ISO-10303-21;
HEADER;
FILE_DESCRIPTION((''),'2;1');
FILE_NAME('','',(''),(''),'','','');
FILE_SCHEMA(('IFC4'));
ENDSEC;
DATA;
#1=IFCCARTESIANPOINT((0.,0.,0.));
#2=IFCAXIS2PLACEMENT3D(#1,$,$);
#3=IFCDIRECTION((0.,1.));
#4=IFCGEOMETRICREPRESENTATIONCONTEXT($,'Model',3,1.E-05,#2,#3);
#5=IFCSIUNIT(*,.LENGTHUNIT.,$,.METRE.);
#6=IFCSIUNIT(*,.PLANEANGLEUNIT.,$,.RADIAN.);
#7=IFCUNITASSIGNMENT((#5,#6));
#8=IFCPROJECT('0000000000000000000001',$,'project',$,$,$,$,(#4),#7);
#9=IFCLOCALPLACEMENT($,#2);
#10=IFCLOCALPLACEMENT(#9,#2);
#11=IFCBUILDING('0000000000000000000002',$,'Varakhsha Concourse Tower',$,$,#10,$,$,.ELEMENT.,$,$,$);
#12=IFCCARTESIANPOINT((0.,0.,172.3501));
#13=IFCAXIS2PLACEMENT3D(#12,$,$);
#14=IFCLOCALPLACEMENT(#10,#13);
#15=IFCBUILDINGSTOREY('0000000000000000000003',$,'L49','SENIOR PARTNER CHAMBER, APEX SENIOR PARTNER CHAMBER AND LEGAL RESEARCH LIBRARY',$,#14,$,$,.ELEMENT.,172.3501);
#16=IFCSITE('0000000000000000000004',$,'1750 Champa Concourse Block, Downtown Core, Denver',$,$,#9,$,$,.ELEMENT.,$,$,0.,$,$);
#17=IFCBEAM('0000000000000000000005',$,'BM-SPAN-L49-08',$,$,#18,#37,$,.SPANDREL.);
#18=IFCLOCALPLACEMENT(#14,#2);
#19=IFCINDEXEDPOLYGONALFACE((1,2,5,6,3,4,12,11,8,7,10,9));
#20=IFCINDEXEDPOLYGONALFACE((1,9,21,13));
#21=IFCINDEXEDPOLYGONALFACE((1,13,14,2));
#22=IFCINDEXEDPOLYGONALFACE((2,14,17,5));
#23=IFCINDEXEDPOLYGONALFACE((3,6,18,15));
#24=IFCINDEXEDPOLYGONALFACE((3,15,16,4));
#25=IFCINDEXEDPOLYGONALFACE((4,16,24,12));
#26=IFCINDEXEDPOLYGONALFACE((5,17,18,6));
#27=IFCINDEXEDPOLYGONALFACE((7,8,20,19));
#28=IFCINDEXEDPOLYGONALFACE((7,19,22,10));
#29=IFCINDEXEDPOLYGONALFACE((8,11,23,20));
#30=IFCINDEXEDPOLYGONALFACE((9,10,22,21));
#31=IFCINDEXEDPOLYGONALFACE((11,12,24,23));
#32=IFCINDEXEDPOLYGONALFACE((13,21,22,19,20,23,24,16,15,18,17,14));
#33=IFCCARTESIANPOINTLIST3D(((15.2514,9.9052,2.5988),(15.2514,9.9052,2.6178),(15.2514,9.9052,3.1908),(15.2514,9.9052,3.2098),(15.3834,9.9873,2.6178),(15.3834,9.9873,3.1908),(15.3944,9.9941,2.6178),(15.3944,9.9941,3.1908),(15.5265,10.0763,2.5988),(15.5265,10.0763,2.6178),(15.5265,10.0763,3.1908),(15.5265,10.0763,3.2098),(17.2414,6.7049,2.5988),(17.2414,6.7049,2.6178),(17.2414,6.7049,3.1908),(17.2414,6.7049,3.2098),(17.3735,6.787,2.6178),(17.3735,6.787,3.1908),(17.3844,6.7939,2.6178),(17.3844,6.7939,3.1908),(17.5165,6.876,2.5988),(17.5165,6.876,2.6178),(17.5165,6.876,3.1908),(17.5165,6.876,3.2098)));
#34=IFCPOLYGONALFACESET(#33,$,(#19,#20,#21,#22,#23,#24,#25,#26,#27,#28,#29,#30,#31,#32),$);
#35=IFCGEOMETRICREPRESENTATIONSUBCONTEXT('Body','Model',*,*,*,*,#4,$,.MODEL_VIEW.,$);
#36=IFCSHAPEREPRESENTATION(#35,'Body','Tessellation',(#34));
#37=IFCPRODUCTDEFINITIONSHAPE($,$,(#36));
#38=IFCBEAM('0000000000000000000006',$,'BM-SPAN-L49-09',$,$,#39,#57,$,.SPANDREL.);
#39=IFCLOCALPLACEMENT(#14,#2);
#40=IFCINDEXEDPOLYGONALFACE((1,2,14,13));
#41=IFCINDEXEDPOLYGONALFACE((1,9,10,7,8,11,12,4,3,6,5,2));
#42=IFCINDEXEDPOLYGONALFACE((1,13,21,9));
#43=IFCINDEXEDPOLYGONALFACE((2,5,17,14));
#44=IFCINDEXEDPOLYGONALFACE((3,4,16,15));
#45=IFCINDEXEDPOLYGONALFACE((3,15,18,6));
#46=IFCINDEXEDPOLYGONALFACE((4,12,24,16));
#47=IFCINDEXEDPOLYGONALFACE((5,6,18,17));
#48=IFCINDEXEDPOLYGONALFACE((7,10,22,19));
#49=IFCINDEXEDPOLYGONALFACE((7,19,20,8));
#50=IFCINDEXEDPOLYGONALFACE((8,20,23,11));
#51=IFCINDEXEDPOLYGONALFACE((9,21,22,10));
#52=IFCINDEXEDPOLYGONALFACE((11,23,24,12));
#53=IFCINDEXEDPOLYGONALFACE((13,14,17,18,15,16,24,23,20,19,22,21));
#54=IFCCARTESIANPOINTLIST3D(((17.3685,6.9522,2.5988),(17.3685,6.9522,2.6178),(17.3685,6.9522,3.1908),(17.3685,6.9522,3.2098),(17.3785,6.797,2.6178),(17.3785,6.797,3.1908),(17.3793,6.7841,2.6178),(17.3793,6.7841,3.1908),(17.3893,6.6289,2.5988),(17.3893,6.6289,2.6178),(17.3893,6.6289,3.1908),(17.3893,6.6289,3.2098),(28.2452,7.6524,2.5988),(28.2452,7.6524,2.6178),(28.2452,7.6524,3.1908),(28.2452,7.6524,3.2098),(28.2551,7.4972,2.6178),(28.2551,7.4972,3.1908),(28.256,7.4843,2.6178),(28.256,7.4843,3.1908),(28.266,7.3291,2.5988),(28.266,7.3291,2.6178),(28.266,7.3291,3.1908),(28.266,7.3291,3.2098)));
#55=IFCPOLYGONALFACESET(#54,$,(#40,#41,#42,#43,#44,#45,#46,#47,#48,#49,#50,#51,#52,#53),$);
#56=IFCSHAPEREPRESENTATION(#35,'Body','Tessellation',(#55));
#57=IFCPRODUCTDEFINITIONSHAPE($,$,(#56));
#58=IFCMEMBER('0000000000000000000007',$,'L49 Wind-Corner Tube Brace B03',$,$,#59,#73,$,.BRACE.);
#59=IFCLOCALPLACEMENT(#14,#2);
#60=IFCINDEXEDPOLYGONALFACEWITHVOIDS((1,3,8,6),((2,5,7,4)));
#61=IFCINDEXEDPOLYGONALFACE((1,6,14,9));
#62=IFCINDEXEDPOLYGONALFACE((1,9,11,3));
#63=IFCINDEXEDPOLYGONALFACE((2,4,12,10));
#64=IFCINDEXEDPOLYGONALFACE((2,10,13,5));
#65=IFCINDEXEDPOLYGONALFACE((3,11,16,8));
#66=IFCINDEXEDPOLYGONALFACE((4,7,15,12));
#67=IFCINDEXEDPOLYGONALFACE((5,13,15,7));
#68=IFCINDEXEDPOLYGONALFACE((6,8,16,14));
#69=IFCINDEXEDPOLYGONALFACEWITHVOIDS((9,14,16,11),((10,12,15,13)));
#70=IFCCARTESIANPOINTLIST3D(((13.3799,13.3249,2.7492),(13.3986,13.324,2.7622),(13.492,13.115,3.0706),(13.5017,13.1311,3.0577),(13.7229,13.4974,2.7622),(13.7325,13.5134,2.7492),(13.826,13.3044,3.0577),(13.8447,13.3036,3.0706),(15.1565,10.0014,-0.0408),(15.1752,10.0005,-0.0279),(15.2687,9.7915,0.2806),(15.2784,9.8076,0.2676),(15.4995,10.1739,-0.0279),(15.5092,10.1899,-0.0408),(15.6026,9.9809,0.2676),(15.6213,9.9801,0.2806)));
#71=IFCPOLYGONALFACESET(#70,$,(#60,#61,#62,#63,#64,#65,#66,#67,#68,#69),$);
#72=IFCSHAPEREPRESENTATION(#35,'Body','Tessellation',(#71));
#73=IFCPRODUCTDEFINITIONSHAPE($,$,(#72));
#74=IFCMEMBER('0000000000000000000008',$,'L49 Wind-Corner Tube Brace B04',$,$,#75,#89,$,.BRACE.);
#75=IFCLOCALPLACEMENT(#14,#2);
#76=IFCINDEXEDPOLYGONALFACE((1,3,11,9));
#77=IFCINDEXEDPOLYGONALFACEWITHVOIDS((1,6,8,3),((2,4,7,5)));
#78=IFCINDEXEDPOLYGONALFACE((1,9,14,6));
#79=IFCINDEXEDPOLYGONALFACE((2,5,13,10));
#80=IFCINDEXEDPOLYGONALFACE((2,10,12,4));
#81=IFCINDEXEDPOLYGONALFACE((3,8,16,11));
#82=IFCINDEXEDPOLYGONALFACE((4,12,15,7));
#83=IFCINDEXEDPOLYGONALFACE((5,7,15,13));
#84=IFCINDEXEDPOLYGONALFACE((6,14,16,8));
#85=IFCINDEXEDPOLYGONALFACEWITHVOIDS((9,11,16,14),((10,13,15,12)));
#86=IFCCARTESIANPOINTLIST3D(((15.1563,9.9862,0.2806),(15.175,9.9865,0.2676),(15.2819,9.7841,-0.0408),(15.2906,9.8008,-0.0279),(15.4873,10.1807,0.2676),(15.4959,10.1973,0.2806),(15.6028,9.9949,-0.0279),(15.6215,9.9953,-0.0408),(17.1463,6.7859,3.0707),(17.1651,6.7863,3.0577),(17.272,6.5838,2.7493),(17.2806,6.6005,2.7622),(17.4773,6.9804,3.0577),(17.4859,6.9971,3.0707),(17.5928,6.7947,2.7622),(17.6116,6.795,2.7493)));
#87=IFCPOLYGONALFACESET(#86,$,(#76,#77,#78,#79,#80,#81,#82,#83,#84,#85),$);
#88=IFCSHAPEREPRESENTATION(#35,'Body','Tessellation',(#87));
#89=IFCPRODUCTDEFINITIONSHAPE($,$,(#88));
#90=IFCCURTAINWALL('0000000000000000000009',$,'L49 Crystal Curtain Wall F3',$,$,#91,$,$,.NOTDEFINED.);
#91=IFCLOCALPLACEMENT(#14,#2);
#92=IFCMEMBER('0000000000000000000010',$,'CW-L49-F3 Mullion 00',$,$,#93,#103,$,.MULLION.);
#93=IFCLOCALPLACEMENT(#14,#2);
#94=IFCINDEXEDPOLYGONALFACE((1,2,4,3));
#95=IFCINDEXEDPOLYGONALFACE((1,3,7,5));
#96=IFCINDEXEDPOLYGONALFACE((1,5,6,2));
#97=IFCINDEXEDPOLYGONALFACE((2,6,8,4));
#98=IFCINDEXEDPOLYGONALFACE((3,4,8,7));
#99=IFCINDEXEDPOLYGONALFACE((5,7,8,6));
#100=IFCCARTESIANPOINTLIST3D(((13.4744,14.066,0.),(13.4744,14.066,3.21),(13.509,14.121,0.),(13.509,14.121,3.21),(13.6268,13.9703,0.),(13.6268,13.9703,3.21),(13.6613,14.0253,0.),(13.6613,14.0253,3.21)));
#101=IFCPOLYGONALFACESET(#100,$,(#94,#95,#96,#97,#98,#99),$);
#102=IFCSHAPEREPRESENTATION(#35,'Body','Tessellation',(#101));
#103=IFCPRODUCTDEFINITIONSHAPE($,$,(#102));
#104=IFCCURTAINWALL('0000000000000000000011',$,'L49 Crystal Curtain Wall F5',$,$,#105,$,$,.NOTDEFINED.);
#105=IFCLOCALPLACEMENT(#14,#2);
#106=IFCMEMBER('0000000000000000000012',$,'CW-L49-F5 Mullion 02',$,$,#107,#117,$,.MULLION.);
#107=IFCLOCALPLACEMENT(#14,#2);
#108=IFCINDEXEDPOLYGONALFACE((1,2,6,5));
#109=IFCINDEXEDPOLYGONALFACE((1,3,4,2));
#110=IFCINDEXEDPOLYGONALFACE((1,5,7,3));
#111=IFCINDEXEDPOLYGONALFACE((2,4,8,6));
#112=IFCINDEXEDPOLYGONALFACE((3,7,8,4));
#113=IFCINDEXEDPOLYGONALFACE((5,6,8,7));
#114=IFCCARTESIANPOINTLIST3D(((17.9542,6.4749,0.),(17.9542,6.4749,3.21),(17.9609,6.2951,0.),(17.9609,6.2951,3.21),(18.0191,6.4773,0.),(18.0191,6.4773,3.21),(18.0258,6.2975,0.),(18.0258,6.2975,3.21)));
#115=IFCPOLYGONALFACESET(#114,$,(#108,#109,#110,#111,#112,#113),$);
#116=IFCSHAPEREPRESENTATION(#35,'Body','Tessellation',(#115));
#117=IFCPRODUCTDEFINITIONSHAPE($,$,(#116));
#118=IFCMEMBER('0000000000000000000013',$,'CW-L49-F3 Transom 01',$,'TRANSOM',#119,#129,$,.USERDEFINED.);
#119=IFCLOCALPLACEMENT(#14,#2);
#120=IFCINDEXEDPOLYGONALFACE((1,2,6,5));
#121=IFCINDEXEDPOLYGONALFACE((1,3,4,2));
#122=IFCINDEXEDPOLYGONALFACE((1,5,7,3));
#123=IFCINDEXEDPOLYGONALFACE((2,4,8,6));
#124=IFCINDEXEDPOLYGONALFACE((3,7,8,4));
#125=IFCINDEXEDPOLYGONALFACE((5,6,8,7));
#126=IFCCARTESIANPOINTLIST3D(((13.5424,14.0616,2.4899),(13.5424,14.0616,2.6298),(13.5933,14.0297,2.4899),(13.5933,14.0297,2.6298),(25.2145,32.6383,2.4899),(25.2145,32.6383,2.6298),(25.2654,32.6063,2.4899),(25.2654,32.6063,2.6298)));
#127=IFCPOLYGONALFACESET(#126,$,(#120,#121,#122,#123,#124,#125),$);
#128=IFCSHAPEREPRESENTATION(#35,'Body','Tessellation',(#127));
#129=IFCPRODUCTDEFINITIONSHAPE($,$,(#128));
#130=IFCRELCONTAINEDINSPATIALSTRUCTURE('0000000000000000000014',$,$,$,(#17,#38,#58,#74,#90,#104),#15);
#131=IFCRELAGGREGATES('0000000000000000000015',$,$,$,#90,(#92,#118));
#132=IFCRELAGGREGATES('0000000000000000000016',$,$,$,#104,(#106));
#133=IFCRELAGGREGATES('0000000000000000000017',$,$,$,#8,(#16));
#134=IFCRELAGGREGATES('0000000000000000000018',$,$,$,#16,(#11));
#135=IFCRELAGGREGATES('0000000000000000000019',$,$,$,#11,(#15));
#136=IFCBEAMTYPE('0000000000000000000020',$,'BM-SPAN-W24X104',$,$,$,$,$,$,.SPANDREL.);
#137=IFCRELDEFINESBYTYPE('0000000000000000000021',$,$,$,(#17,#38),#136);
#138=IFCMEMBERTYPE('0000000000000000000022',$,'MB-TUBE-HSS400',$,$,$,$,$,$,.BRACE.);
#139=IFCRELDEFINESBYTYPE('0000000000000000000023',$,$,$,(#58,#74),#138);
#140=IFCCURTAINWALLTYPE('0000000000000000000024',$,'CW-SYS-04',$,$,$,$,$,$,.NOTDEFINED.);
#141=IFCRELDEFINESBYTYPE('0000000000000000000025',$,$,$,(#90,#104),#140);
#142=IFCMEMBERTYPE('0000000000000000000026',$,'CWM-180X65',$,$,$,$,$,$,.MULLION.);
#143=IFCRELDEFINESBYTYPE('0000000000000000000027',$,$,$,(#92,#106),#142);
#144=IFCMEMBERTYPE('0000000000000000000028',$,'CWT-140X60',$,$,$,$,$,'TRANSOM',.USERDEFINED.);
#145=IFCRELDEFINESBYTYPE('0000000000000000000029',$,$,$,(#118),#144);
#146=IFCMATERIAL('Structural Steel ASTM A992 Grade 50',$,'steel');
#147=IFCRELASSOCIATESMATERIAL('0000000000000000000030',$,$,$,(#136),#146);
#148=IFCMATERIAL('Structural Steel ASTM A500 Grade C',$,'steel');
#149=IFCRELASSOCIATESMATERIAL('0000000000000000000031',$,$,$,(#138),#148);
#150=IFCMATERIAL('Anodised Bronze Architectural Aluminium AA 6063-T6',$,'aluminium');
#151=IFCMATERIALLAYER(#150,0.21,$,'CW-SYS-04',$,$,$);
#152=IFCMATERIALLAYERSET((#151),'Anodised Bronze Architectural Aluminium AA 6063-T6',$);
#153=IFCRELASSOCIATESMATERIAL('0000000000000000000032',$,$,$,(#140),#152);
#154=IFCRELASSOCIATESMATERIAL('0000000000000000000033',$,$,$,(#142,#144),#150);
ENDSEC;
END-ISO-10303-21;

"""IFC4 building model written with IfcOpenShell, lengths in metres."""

from ifc_helpers import new_model, si_unit, direction, frame, origin, origin_2d, place, context, subcontext, project, spatial, rectangle, hollow_rectangle, i_section, extrude, source, transform, mapped, material, layer, layer_set, material_profile, profile_set, type_object, type_shapes, element, aggregate, save


model = new_model("IFC4")

# Units and contexts
model_context = context("Model", 3, precision=1e-05, world=origin(), true_north=direction((0.0, 1.0)))
body_context = subcontext(model_context, "Body", "Model", "MODEL_VIEW")
ifc_project = project(units=[si_unit("LENGTHUNIT", "METRE"), si_unit("PLANEANGLEUNIT", "RADIAN")], contexts=[model_context])

# Site, building, storey
site_placement = place(None, origin())
site = spatial("IfcSite", under=ifc_project, at=site_placement, Name="1750 Champa Concourse Block, Downtown Core, Denver", CompositionType="ELEMENT", RefElevation=0.0)
building_placement = place(site_placement, origin())
building = spatial("IfcBuilding", under=site, at=building_placement, Name="Varakhsha Concourse Tower", CompositionType="ELEMENT")
storey_placement = place(building_placement, frame((0.0, 0.0, 172.3501)))
storey = spatial("IfcBuildingStorey", under=building, at=storey_placement, Name="L49", Description="SENIOR PARTNER CHAMBER, APEX SENIOR PARTNER CHAMBER AND LEGAL RESEARCH LIBRARY", CompositionType="ELEMENT", Elevation=172.3501)

# Shared definitions
ifc_material_1 = material(Name="Structural Steel ASTM A992 Grade 50", Category="steel")

# Beams
ifc_material_profile_1 = material_profile(ifc_material_1, i_section(OverallWidth=0.324, OverallDepth=0.6111, WebThickness=0.0129, FlangeThickness=0.019, at=origin_2d()), Name="W24X104")
ifc_profile_set_1 = profile_set([ifc_material_profile_1], Name="Structural Steel ASTM A992 Grade 50")
beam_type_1 = type_object("IfcBeamType", Name="BM-SPAN-W24X104", PredefinedType="SPANDREL", material=ifc_profile_set_1)
for number, where, z_axis, x_axis, name in (
    (1, (15.3889, 9.9907, 2.9043), (0.528064, -0.849204, 0.0), (0.849204, 0.528064, 0.0), "BM-SPAN-L49-08"),
):
    element("IfcBeam", number, at=place(storey_placement, frame(where, z_axis=z_axis, x_axis=x_axis)), inside=storey, type_object=beam_type_1, Name=name, PredefinedType="SPANDREL", context=body_context, shape_type="SweptSolid", body=[
        extrude(i_section(OverallWidth=0.324, OverallDepth=0.6111, WebThickness=0.0129, FlangeThickness=0.019, at=origin_2d()), origin(), (0.0, 0.0, 1.0), 3.7686),
    ])
beam_1_placement = place(storey_placement, frame((17.3789, 6.7905, 2.9043), z_axis=(0.997934, 0.064243, 0.0), x_axis=(-0.064243, 0.997934, 0.0)))
element("IfcBeam", 2, at=beam_1_placement, inside=storey, type_object=beam_type_1, Name="BM-SPAN-L49-09", PredefinedType="SPANDREL", context=body_context, shape_type="SweptSolid", body=[
    extrude(i_section(OverallWidth=0.324, OverallDepth=0.6111, WebThickness=0.0129, FlangeThickness=0.019, at=origin_2d()), origin(), (0.0, 0.0, 1.0), 10.8992),
])

# Members
ifc_material_2 = material(Name="Structural Steel ASTM A500 Grade C", Category="steel")
ifc_material_profile_2 = material_profile(ifc_material_2, hollow_rectangle(XDim=0.3999, YDim=0.3999, WallThickness=0.0161, at=origin_2d()), Name="HSS 400x400x16")
ifc_profile_set_2 = profile_set([ifc_material_profile_2], Name="Structural Steel ASTM A500 Grade C")
member_type_1 = type_object("IfcMemberType", Name="MB-TUBE-HSS400", PredefinedType="BRACE", material=ifc_profile_set_2)
shared_shape_1 = source(origin(), body_context, "Body", "SweptSolid", [
    extrude(hollow_rectangle(XDim=0.3999, YDim=0.3999, WallThickness=0.0161, at=origin_2d()), origin(), (0.0, 0.0, 1.0), 4.689),
])
type_shapes(member_type_1, [shared_shape_1])
for number, where, z_axis, x_axis, name in (
    (3, (15.3889, 9.9907, 0.1199), (-0.378893, 0.708792, 0.595025), (-0.881902, -0.471432, 0.0), "L49 Wind-Corner Tube Brace B03"),
    (4, (15.3889, 9.9907, 0.1199), (0.424406, -0.682507, 0.595033), (0.849204, 0.528064, 0.0), "L49 Wind-Corner Tube Brace B04"),
):
    element("IfcMember", number, at=place(storey_placement, frame(where, z_axis=z_axis, x_axis=x_axis)), inside=storey, type_object=member_type_1, Name=name, PredefinedType="BRACE", context=body_context, shape_type="MappedRepresentation", body=[
        mapped(shared_shape_1, transform((0.0, 0.0, 0.0), scale=1.0)),
    ])

# Curtain walls, members
ifc_material_3 = material(Name="Anodised Bronze Architectural Aluminium AA 6063-T6", Category="aluminium")
ifc_layer_1 = layer(ifc_material_3, 0.21, Name="CW-SYS-04")
ifc_layer_set_1 = layer_set([ifc_layer_1], Name="Anodised Bronze Architectural Aluminium AA 6063-T6")
curtain_wall_type = type_object("IfcCurtainWallType", Name="CW-SYS-04", PredefinedType="NOTDEFINED", material=ifc_layer_set_1)
curtain_wall_1_placement = place(storey_placement, origin())
curtain_wall_1 = element("IfcCurtainWall", 5, at=curtain_wall_1_placement, inside=storey, type_object=curtain_wall_type, Name="L49 Crystal Curtain Wall F3", PredefinedType="NOTDEFINED")
ifc_material_profile_3 = material_profile(ifc_material_3, rectangle(XDim=0.0649, YDim=0.1799, at=origin_2d()), Name="CWM-180X65")
ifc_profile_set_3 = profile_set([ifc_material_profile_3], Name="Anodised Bronze Architectural Aluminium AA 6063-T6")
member_type_2 = type_object("IfcMemberType", Name="CWM-180X65", PredefinedType="MULLION", material=ifc_profile_set_3)
shared_shape_2 = source(origin(), body_context, "Body", "SweptSolid", [
    extrude(rectangle(XDim=0.0649, YDim=0.1799, at=origin_2d()), origin(), (0.0, 0.0, 1.0), 3.21),
])
type_shapes(member_type_2, [shared_shape_2])
member_1_placement = place(storey_placement, frame((13.5679, 14.0457, 0.0), z_axis=(0.0, 0.0, 1.0), x_axis=(0.532022, 0.84673, 0.0)))
member_1 = element("IfcMember", 6, at=member_1_placement, type_object=member_type_2, Name="CW-L49-F3 Mullion 00", PredefinedType="MULLION", context=body_context, shape_type="MappedRepresentation", body=[
    mapped(shared_shape_2, transform((0.0, 0.0, 0.0), scale=1.0)),
])
curtain_wall_2_placement = place(storey_placement, origin())
curtain_wall_2 = element("IfcCurtainWall", 7, at=curtain_wall_2_placement, inside=storey, type_object=curtain_wall_type, Name="L49 Crystal Curtain Wall F5", PredefinedType="NOTDEFINED")
member_2_placement = place(storey_placement, frame((17.99, 6.3862, 0.0), z_axis=(0.0, 0.0, 1.0), x_axis=(-0.999301, -0.037376, 0.0)))
member_2 = element("IfcMember", 8, at=member_2_placement, type_object=member_type_2, Name="CW-L49-F5 Mullion 02", PredefinedType="MULLION", context=body_context, shape_type="MappedRepresentation", body=[
    mapped(shared_shape_2, transform((0.0, 0.0, 0.0), scale=1.0)),
])

# Member
ifc_material_profile_4 = material_profile(ifc_material_3, rectangle(XDim=0.0601, YDim=0.1399, at=origin_2d()), Name="CWT-140X60")
ifc_profile_set_4 = profile_set([ifc_material_profile_4], Name="Anodised Bronze Architectural Aluminium AA 6063-T6")
member_type_3 = type_object("IfcMemberType", Name="CWT-140X60", ElementType="TRANSOM", PredefinedType="USERDEFINED", material=ifc_profile_set_4)
shared_shape_3 = source(origin(), body_context, "Body", "SweptSolid", [
    extrude(rectangle(XDim=0.0601, YDim=0.1399, at=origin_2d()), origin(), (0.0, 0.0, 1.0), 21.9392),
])
type_shapes(member_type_3, [shared_shape_3])
member_3_placement = place(storey_placement, frame((13.5679, 14.0457, 2.5598), z_axis=(0.53202, 0.846732, 0.0), x_axis=(-0.846732, 0.53202, 0.0)))
member_3 = element("IfcMember", 9, at=member_3_placement, type_object=member_type_3, Name="CW-L49-F3 Transom 01", ObjectType="TRANSOM", PredefinedType="USERDEFINED", context=body_context, shape_type="MappedRepresentation", body=[
    mapped(shared_shape_3, transform((0.0, 0.0, 0.0), scale=1.0)),
])

aggregate(curtain_wall_1, [member_1, member_3])
aggregate(curtain_wall_2, [member_2])

save(model, "model.ifc")
